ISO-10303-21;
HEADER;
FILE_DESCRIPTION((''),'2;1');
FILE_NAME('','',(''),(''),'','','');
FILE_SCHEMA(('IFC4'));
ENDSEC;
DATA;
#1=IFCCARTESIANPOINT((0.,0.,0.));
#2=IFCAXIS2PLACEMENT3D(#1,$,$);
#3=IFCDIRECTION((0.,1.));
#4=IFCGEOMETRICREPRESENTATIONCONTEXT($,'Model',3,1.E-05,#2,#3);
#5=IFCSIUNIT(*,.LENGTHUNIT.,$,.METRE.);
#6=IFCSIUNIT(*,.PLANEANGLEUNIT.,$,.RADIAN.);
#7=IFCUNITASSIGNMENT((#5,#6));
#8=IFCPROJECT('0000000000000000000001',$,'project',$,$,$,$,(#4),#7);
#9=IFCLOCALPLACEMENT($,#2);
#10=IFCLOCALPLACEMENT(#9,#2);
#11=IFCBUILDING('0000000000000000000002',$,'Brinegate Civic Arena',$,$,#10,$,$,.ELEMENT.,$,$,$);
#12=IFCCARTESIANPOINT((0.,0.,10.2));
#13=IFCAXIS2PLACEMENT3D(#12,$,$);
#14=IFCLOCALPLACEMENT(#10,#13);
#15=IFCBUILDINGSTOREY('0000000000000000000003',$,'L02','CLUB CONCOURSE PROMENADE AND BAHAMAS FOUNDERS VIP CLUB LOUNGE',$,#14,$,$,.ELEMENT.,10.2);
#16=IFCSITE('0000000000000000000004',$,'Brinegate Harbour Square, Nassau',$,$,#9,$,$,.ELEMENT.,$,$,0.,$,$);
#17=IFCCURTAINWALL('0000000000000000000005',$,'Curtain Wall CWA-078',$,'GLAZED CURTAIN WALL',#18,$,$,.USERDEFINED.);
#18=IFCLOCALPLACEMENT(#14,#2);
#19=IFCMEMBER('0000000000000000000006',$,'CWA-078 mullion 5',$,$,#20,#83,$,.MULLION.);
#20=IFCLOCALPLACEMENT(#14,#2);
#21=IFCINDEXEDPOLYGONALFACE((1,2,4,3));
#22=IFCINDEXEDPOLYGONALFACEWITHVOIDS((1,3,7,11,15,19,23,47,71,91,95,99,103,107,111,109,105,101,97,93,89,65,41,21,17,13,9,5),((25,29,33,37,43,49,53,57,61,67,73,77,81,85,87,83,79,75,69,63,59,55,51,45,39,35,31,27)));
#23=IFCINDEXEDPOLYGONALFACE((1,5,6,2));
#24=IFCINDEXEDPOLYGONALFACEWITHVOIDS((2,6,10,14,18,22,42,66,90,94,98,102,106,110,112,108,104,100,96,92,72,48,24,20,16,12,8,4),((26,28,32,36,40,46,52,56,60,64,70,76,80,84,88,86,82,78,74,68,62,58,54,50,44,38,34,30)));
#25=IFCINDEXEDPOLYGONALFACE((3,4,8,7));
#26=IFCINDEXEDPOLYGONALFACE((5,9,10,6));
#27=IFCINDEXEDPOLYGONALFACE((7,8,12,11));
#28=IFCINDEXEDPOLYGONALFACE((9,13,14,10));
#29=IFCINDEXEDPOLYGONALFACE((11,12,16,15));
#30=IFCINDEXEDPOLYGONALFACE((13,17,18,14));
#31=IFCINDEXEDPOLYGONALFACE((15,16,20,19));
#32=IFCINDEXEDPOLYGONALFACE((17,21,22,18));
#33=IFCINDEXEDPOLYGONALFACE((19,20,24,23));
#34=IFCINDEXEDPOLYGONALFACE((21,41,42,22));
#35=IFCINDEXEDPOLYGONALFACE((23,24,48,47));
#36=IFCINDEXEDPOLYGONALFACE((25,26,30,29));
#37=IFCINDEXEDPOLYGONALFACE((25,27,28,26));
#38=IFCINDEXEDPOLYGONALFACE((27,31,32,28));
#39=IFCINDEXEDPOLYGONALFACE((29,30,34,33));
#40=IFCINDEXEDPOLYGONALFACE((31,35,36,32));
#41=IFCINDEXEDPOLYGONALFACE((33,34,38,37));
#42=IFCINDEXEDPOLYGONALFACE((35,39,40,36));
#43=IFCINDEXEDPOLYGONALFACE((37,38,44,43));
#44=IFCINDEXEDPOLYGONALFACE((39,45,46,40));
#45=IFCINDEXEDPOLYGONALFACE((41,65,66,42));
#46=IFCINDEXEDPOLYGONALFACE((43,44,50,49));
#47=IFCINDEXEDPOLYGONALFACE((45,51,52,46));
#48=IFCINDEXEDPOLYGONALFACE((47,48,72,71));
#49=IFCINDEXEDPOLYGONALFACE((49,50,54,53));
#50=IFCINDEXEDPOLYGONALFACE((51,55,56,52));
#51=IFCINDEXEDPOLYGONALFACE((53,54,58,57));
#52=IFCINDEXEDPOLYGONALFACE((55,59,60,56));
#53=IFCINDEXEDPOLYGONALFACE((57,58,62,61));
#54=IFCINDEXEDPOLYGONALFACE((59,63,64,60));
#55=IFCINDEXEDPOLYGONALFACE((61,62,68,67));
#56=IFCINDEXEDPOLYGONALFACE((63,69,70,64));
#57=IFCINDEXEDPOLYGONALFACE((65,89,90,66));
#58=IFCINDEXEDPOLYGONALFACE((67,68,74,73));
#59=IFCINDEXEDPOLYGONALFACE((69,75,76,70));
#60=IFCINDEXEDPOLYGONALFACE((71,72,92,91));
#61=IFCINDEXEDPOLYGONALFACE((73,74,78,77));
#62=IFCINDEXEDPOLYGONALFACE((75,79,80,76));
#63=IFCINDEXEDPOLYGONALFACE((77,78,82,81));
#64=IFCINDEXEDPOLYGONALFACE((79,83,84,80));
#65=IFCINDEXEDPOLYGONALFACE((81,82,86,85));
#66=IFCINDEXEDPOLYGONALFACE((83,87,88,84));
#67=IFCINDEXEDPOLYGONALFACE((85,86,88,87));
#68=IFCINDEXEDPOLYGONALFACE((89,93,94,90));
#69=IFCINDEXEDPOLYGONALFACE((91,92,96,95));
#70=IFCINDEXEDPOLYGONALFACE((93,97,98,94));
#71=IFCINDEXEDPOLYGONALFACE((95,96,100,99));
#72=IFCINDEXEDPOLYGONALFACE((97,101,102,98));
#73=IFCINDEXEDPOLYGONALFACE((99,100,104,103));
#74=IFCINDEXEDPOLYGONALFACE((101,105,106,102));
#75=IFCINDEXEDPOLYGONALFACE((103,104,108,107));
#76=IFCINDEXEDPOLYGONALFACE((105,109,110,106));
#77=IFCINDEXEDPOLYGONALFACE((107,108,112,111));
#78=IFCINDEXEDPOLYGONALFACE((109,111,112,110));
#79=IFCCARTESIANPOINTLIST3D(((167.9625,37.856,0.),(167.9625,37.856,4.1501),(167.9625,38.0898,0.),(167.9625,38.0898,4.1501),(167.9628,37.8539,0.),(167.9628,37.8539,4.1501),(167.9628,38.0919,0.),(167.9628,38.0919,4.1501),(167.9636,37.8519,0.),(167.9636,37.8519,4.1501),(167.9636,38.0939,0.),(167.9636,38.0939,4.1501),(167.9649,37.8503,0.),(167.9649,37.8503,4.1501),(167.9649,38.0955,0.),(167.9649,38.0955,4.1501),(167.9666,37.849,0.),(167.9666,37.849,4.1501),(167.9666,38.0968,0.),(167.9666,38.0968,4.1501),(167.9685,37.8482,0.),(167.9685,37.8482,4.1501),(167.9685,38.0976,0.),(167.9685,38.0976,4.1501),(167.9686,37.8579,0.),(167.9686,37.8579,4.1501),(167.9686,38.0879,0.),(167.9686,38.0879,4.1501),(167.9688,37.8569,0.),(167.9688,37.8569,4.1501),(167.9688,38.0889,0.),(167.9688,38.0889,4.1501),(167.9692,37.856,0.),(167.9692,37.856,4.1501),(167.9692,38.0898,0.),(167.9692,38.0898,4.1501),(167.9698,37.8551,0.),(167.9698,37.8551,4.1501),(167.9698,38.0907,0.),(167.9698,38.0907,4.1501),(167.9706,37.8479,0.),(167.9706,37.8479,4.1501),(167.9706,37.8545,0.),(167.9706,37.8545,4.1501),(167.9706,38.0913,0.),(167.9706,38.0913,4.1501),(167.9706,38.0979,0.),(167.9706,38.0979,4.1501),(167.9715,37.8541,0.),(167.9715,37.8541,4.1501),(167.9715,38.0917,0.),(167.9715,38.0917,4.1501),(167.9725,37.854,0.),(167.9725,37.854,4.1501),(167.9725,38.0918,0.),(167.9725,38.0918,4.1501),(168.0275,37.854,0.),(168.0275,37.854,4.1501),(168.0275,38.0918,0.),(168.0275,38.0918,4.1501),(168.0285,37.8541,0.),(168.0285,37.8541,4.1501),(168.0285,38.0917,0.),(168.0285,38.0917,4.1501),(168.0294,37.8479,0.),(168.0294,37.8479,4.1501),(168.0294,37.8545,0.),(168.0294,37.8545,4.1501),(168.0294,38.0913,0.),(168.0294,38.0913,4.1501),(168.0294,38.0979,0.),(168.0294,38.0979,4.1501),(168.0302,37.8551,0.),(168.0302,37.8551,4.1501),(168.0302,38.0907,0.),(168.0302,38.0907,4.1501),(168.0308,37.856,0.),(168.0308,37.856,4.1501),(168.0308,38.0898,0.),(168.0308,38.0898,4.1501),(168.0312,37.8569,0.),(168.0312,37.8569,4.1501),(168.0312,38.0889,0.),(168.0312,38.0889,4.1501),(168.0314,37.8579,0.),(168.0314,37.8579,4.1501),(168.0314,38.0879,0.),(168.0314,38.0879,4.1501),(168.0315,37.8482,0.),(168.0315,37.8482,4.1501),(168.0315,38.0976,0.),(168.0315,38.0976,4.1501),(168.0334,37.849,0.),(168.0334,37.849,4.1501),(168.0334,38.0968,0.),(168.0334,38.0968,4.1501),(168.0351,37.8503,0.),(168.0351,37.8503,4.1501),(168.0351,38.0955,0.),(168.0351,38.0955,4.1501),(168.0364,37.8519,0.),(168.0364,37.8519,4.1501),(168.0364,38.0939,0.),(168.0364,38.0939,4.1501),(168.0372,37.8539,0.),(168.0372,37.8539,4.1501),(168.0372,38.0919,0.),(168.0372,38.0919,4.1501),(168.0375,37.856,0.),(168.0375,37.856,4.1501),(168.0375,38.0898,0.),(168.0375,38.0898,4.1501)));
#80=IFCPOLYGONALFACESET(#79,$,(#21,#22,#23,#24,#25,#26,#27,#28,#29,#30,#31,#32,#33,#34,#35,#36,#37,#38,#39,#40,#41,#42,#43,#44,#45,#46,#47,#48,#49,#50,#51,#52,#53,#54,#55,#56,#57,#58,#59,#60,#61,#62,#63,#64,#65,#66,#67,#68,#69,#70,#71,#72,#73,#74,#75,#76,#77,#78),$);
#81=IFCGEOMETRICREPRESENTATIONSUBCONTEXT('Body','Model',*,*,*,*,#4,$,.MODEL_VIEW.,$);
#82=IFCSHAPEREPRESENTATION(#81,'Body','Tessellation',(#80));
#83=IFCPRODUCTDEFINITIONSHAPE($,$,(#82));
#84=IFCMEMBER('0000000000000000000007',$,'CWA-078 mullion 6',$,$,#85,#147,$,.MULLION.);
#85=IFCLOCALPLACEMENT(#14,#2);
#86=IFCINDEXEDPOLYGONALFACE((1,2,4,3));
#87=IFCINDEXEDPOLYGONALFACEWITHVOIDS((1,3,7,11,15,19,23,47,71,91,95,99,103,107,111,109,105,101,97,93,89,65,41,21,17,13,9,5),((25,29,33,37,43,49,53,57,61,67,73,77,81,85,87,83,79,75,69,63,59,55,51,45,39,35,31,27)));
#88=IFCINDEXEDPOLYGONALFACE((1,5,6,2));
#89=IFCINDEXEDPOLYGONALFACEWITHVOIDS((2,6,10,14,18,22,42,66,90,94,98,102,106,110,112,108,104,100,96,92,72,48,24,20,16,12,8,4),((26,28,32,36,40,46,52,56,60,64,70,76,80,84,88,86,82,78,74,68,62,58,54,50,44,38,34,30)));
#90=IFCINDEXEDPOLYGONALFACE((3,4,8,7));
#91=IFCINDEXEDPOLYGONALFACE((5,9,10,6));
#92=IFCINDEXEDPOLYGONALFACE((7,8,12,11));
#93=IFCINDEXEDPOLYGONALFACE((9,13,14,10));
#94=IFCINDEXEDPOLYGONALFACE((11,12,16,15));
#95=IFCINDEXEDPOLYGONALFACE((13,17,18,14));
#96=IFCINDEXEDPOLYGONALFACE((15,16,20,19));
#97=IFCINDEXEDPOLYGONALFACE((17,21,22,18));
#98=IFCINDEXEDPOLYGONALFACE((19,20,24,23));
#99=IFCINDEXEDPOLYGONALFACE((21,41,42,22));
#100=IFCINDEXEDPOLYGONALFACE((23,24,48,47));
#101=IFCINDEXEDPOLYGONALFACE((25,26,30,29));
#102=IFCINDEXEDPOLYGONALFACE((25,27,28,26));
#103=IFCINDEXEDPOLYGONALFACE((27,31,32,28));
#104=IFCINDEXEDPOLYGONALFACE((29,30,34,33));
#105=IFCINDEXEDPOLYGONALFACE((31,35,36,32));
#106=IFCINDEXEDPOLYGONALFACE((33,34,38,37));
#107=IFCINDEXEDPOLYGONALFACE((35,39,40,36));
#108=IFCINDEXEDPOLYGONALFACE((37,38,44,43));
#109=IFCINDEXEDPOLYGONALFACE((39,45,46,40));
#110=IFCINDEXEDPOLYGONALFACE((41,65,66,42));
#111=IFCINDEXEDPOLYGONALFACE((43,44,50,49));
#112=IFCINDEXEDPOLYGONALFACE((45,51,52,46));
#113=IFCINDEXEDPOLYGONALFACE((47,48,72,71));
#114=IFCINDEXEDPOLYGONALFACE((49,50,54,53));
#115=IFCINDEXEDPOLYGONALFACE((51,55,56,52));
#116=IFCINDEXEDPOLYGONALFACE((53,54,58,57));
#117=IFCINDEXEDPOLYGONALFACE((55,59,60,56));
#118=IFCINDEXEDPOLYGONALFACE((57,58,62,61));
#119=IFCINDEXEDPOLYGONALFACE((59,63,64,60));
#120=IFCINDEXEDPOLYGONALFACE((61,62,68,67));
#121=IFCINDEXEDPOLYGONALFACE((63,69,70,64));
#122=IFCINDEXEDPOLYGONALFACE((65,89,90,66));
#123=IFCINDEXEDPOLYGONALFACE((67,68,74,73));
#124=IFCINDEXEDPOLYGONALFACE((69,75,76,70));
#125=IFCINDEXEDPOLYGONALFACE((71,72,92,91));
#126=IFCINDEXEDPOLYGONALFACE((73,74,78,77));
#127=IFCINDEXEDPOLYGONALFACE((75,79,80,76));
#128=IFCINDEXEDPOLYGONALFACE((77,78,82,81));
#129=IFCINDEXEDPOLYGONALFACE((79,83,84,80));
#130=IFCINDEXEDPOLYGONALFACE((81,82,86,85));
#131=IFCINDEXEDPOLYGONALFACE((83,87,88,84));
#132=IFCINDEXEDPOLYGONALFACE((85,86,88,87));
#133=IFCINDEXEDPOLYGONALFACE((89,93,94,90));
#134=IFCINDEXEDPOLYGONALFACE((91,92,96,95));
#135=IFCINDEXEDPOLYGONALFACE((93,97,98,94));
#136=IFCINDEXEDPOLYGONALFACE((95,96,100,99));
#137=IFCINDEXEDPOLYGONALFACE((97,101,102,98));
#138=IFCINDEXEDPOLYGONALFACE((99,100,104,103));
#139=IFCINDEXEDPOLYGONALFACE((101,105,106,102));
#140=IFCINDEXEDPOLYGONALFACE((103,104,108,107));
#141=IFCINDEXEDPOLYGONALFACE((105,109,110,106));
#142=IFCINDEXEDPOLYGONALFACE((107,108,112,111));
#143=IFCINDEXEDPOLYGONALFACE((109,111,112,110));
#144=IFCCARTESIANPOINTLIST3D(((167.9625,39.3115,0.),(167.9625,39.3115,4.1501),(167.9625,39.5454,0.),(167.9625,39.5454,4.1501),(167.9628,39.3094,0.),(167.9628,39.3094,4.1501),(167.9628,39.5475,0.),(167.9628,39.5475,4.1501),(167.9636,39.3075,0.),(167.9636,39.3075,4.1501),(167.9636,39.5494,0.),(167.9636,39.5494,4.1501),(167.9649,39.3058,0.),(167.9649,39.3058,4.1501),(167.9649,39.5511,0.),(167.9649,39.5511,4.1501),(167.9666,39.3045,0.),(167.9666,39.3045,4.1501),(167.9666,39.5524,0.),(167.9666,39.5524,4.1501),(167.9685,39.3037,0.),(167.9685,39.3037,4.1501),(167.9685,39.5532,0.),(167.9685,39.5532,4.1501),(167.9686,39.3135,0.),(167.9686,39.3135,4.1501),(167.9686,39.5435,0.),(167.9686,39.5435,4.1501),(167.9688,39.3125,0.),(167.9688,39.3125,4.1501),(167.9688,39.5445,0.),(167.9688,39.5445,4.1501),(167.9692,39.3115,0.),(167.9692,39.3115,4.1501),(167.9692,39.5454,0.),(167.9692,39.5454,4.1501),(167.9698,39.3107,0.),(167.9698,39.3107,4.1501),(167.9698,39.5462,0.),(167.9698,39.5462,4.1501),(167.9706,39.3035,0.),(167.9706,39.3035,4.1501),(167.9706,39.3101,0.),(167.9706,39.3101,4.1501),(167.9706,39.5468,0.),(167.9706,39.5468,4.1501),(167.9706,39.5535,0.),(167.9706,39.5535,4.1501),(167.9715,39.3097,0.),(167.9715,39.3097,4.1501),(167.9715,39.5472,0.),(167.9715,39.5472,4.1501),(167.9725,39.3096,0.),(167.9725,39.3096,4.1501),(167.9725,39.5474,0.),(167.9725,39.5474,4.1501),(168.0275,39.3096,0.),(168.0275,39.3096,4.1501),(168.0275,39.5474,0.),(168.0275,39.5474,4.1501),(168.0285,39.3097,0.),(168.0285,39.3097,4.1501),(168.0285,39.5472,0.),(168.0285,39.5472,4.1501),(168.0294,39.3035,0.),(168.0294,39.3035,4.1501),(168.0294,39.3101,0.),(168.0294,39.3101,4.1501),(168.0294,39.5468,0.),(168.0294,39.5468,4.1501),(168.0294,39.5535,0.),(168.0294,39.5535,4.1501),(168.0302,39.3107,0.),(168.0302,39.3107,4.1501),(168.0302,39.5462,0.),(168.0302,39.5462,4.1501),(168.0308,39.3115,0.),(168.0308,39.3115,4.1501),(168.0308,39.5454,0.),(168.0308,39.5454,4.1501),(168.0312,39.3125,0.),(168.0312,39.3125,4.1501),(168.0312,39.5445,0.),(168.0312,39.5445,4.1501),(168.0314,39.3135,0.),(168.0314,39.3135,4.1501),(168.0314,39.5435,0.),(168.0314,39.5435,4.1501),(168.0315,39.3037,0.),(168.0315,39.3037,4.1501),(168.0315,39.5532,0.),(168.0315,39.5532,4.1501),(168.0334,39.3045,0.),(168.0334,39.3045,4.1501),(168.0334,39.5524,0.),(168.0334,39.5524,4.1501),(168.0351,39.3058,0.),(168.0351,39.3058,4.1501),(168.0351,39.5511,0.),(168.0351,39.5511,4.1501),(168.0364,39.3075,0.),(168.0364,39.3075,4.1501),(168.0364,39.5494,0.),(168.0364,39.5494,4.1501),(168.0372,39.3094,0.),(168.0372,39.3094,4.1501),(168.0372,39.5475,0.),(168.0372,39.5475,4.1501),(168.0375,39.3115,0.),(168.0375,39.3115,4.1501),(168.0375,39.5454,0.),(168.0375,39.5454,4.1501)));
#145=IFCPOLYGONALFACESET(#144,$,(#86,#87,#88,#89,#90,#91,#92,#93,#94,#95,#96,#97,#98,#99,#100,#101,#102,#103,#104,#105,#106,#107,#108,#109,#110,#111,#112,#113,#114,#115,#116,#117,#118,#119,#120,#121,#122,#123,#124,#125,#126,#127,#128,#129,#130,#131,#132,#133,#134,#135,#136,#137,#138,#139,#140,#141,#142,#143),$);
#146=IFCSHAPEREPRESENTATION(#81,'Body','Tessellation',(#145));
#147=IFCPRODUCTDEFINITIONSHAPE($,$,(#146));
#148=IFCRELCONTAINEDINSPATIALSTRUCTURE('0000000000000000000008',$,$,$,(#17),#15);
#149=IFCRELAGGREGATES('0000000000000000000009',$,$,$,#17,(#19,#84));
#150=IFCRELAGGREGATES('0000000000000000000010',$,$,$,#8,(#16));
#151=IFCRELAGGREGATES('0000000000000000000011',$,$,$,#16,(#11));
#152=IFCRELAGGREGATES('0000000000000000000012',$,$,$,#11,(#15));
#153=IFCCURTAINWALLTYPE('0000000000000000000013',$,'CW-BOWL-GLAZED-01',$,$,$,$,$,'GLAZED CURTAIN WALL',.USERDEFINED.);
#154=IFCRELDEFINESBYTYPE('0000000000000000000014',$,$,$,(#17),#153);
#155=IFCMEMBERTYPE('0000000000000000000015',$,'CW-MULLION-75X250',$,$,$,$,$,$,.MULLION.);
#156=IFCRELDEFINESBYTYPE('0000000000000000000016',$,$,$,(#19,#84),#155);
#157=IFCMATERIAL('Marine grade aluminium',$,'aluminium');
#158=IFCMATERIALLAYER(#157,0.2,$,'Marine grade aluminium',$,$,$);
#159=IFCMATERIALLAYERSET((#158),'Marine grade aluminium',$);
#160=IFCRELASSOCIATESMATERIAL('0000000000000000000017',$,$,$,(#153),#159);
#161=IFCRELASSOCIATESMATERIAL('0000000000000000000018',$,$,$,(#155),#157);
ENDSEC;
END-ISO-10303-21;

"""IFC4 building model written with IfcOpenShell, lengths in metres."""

from ifc_helpers import new_model, si_unit, direction, frame, origin, origin_2d, place, context, subcontext, project, spatial, hollow_rectangle, extrude, material, layer, layer_set, material_profile, profile_set, type_object, element, aggregate, save


model = new_model("IFC4")

# Units and contexts
model_context = context("Model", 3, precision=1e-05, world=origin(), true_north=direction((0.0, 1.0)))
body_context = subcontext(model_context, "Body", "Model", "MODEL_VIEW")
ifc_project = project(units=[si_unit("LENGTHUNIT", "METRE"), si_unit("PLANEANGLEUNIT", "RADIAN")], contexts=[model_context])

# Site, building, storey
site_placement = place(None, origin())
site = spatial("IfcSite", under=ifc_project, at=site_placement, Name="Brinegate Harbour Square, Nassau", CompositionType="ELEMENT", RefElevation=0.0)
building_placement = place(site_placement, origin())
building = spatial("IfcBuilding", under=site, at=building_placement, Name="Brinegate Civic Arena", CompositionType="ELEMENT")
storey_placement = place(building_placement, frame((0.0, 0.0, 10.2)))
storey = spatial("IfcBuildingStorey", under=building, at=storey_placement, Name="L02", Description="CLUB CONCOURSE PROMENADE AND BAHAMAS FOUNDERS VIP CLUB LOUNGE", CompositionType="ELEMENT", Elevation=10.2)

# Curtain wall, members
ifc_material_1 = material(Name="Marine grade aluminium", Category="aluminium")
ifc_layer_1 = layer(ifc_material_1, 0.2, Name="Marine grade aluminium")
ifc_layer_set_1 = layer_set([ifc_layer_1], Name="Marine grade aluminium")
curtain_wall_type = type_object("IfcCurtainWallType", Name="CW-BOWL-GLAZED-01", ElementType="GLAZED CURTAIN WALL", PredefinedType="USERDEFINED", material=ifc_layer_set_1)
curtain_wall_1_placement = place(storey_placement, origin())
curtain_wall_1 = element("IfcCurtainWall", 1, at=curtain_wall_1_placement, inside=storey, type_object=curtain_wall_type, Name="Curtain Wall CWA-078", ObjectType="GLAZED CURTAIN WALL", PredefinedType="USERDEFINED")
ifc_material_profile_1 = material_profile(ifc_material_1, hollow_rectangle(XDim=0.075, YDim=0.25, WallThickness=0.0061, InnerFilletRadius=0.0039, OuterFilletRadius=0.0081, at=origin_2d()), Name="MUL75X250")
ifc_profile_set_1 = profile_set([ifc_material_profile_1], Name="Marine grade aluminium")
member_type_1 = type_object("IfcMemberType", Name="CW-MULLION-75X250", PredefinedType="MULLION", material=ifc_profile_set_1)
member_1_placement = place(storey_placement, frame((168.0, 37.9729, 0.0), z_axis=(0.0, 0.0, 1.0), x_axis=(-1.0, 0.0, 0.0)))
member_1 = element("IfcMember", 2, at=member_1_placement, type_object=member_type_1, Name="CWA-078 mullion 5", PredefinedType="MULLION", context=body_context, shape_type="SweptSolid", body=[
    extrude(hollow_rectangle(XDim=0.075, YDim=0.25, WallThickness=0.0061, InnerFilletRadius=0.0039, OuterFilletRadius=0.0081, at=origin_2d()), origin(), (0.0, 0.0, 1.0), 4.1501),
])
member_2_placement = place(storey_placement, frame((168.0, 39.4285, 0.0), z_axis=(0.0, 0.0, 1.0), x_axis=(-1.0, 0.0, 0.0)))
member_2 = element("IfcMember", 3, at=member_2_placement, type_object=member_type_1, Name="CWA-078 mullion 6", PredefinedType="MULLION", context=body_context, shape_type="SweptSolid", body=[
    extrude(hollow_rectangle(XDim=0.075, YDim=0.25, WallThickness=0.0061, InnerFilletRadius=0.0039, OuterFilletRadius=0.0081, at=origin_2d()), origin(), (0.0, 0.0, 1.0), 4.1501),
])

aggregate(curtain_wall_1, [member_1, member_2])

save(model, "model.ifc")
